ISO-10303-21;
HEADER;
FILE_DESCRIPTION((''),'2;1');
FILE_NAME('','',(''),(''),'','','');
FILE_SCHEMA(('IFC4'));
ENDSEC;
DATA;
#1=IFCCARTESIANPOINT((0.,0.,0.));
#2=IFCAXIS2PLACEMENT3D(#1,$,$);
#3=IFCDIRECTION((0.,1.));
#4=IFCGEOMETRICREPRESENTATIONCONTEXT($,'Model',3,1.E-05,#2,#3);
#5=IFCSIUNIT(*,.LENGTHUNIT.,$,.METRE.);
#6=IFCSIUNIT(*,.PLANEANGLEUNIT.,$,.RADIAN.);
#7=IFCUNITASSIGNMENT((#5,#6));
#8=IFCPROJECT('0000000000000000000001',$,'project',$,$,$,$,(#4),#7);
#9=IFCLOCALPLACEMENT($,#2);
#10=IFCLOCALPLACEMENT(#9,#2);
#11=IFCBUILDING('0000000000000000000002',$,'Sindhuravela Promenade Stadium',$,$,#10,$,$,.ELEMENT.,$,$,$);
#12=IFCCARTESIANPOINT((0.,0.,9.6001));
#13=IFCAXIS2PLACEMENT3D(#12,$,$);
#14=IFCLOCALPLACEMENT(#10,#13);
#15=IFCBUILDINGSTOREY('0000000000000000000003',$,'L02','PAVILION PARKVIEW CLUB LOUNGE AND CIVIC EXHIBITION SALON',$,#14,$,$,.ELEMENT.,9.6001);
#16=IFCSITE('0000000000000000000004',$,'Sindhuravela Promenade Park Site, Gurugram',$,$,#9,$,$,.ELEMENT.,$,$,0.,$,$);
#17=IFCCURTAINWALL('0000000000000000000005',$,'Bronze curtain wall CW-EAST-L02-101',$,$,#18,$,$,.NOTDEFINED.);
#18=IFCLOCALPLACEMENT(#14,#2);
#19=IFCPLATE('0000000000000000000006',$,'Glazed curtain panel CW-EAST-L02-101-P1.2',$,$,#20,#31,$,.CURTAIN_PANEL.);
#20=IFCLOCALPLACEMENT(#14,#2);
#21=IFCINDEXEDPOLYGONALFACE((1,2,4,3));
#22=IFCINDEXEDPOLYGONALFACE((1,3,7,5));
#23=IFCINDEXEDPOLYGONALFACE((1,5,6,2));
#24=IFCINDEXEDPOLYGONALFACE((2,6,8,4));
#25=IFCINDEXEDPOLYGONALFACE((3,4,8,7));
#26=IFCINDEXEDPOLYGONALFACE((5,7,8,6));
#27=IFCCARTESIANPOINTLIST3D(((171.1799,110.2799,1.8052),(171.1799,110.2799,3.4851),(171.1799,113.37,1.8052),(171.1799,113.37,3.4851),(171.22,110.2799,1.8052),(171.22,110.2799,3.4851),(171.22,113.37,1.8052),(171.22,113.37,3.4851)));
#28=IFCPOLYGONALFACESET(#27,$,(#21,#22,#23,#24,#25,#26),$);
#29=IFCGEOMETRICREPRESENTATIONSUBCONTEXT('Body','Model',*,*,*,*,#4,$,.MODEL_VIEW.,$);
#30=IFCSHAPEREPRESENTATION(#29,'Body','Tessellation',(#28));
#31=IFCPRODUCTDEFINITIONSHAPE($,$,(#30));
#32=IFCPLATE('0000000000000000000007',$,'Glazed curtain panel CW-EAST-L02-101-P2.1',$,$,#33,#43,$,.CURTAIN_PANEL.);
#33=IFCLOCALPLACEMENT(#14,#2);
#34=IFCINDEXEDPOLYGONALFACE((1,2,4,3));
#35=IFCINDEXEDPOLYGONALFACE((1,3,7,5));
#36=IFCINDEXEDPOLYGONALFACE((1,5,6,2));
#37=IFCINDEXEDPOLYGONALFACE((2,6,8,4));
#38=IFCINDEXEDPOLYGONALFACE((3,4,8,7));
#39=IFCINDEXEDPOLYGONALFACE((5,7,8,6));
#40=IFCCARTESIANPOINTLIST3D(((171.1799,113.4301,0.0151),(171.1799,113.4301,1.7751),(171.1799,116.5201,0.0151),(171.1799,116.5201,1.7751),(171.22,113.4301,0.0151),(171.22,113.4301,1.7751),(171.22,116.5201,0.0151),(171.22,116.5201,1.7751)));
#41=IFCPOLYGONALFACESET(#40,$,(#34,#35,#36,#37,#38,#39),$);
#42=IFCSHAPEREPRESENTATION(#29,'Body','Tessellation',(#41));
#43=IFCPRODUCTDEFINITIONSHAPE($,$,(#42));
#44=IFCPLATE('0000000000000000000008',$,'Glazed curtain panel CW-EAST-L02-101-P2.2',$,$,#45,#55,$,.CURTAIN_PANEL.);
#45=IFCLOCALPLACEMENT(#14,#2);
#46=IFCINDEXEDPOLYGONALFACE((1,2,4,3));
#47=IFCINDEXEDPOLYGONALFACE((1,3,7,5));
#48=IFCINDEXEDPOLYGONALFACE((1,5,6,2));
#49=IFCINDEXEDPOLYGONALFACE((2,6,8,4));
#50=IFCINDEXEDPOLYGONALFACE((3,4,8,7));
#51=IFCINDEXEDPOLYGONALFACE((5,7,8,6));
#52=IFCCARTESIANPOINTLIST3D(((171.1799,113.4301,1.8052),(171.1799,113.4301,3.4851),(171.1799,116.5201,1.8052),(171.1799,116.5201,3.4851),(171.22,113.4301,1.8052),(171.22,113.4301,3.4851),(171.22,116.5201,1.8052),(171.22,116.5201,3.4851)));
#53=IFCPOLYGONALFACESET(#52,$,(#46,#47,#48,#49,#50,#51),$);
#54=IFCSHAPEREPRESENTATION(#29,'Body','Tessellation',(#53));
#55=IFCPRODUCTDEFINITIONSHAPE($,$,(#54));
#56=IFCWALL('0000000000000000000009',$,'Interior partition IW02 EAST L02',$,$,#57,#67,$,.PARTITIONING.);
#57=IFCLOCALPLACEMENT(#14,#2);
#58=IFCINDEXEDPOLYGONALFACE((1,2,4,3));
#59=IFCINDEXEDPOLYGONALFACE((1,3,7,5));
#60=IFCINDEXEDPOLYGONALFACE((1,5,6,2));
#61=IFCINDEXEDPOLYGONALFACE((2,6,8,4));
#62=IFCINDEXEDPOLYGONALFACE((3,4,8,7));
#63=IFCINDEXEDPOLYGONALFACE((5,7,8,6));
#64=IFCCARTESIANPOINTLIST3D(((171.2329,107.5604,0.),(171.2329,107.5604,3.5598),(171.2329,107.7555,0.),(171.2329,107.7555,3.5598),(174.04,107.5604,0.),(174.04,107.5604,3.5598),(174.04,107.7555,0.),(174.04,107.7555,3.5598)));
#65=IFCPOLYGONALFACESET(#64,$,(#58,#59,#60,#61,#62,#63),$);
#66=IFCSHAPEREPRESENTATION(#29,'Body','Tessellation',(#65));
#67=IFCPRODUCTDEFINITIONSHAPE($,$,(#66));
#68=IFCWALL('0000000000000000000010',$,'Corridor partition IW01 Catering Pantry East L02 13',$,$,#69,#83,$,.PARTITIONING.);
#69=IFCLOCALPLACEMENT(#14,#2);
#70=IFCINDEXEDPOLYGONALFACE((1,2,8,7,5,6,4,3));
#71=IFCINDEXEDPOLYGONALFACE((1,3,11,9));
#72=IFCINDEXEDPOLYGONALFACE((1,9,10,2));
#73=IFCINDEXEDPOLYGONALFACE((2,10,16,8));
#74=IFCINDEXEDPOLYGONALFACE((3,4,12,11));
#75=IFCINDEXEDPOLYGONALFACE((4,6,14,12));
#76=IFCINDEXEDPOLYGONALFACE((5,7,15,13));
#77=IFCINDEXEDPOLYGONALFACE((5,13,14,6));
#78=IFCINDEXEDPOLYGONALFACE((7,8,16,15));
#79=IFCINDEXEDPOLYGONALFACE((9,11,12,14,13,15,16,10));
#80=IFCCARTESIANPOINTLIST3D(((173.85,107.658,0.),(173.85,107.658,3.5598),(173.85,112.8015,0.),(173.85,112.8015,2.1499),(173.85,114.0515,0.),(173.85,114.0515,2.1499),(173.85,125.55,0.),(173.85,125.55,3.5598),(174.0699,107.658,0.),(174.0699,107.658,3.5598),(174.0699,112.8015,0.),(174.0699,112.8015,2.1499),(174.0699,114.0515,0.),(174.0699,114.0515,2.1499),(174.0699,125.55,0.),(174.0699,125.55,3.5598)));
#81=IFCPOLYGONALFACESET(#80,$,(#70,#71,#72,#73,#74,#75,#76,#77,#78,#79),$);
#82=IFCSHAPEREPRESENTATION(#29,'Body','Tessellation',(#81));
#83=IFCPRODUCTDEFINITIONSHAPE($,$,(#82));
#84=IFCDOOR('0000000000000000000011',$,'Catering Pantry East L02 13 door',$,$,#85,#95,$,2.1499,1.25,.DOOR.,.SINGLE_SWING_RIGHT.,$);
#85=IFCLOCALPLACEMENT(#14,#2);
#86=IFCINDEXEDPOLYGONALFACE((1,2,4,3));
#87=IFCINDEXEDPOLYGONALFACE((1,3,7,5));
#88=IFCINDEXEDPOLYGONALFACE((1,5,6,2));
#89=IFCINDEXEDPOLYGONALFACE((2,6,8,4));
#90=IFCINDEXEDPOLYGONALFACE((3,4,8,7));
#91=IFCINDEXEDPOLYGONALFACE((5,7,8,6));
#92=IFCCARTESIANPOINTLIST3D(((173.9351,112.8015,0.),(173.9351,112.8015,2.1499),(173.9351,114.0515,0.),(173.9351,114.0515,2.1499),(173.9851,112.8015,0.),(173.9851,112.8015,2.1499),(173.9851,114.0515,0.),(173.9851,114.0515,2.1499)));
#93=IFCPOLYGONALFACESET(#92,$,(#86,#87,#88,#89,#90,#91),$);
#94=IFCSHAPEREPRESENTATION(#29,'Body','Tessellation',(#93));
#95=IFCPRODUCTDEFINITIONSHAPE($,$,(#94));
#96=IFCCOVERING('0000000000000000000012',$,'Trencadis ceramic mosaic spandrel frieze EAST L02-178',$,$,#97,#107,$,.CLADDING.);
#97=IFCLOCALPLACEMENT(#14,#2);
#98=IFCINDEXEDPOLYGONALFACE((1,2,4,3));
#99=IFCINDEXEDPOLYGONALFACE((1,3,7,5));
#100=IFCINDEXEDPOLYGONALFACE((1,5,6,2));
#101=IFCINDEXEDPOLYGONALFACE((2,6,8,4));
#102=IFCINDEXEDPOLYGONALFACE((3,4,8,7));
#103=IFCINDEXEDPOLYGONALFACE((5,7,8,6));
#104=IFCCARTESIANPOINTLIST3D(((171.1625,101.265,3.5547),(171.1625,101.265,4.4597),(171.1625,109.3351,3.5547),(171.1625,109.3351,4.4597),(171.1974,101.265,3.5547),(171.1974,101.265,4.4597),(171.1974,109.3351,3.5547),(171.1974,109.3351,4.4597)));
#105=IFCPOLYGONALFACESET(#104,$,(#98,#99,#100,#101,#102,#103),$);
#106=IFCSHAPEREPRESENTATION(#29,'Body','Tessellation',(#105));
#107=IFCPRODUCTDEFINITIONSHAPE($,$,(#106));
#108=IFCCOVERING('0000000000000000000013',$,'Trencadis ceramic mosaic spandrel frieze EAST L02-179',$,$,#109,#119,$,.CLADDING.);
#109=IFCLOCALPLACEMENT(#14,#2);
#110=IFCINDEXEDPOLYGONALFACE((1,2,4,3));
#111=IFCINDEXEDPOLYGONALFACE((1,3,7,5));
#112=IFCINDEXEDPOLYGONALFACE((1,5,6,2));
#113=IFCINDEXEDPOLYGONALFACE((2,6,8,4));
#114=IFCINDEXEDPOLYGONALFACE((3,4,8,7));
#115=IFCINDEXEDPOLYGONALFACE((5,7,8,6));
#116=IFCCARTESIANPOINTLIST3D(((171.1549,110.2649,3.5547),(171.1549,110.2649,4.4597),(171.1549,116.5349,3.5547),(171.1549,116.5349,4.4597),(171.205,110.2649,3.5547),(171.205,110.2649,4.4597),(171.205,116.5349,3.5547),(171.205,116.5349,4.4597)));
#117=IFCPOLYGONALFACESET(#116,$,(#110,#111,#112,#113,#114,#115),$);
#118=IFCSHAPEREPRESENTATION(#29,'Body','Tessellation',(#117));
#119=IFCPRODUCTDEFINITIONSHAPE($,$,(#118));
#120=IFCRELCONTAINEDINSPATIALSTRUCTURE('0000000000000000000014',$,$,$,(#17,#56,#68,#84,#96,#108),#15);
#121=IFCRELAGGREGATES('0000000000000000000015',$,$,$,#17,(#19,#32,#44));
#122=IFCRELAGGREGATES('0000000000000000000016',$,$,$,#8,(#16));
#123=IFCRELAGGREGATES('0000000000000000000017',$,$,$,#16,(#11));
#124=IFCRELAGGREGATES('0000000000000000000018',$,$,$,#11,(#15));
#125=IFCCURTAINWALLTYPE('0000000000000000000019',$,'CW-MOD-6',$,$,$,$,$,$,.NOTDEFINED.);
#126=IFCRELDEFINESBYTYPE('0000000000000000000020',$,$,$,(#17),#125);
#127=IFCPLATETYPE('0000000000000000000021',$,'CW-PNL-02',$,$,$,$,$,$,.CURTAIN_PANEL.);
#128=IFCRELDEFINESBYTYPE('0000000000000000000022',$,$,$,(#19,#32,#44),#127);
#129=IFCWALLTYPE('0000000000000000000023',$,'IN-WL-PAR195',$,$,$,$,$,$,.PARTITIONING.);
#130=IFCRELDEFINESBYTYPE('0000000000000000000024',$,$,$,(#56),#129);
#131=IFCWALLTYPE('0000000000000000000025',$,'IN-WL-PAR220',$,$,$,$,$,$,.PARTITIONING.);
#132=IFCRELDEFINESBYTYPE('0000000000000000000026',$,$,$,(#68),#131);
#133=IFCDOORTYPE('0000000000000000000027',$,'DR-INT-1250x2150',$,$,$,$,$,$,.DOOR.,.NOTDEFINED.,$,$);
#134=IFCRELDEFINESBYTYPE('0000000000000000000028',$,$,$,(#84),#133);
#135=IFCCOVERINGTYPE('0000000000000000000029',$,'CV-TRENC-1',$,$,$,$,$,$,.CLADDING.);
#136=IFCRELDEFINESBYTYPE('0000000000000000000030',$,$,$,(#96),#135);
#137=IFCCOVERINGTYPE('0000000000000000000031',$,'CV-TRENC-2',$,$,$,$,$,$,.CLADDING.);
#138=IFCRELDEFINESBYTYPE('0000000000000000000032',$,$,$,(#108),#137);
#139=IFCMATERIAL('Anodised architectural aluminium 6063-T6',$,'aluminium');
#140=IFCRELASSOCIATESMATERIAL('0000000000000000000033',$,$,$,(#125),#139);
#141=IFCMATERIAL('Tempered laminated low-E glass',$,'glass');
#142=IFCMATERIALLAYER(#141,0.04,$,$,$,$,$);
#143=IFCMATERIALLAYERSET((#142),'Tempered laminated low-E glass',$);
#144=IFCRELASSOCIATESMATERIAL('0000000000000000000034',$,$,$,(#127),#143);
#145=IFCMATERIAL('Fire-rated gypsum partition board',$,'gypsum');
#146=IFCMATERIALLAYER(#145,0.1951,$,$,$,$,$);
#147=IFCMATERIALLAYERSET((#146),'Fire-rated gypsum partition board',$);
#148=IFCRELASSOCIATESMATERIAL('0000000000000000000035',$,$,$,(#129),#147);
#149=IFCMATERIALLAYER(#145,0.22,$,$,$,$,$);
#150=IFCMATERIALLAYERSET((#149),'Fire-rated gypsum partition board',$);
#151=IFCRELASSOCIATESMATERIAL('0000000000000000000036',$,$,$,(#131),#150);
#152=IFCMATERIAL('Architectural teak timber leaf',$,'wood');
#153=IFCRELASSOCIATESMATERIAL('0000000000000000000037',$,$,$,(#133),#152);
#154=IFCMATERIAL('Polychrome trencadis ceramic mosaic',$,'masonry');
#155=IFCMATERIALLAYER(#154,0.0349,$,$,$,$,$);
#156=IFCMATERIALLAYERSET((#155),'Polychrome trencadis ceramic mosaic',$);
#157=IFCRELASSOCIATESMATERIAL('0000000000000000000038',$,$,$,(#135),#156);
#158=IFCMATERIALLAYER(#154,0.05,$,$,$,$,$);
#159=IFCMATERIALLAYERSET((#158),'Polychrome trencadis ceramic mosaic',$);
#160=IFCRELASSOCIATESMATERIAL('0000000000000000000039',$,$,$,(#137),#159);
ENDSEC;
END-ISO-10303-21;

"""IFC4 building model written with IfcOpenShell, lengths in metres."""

from ifc_helpers import new_model, si_unit, direction, frame, frame_2d, origin, origin_2d, place, context, subcontext, project, spatial, rectangle, extrude, material, layer, layer_set, type_object, element, fill, aggregate, save


model = new_model("IFC4")

# Units and contexts
model_context = context("Model", 3, precision=1e-05, world=origin(), true_north=direction((0.0, 1.0)))
body_context = subcontext(model_context, "Body", "Model", "MODEL_VIEW")
ifc_project = project(units=[si_unit("LENGTHUNIT", "METRE"), si_unit("PLANEANGLEUNIT", "RADIAN")], contexts=[model_context])

# Site, building, storey
site_placement = place(None, origin())
site = spatial("IfcSite", under=ifc_project, at=site_placement, Name="Sindhuravela Promenade Park Site, Gurugram", CompositionType="ELEMENT", RefElevation=0.0)
building_placement = place(site_placement, origin())
building = spatial("IfcBuilding", under=site, at=building_placement, Name="Sindhuravela Promenade Stadium", CompositionType="ELEMENT")
storey_placement = place(building_placement, frame((0.0, 0.0, 9.6001)))
storey = spatial("IfcBuildingStorey", under=building, at=storey_placement, Name="L02", Description="PAVILION PARKVIEW CLUB LOUNGE AND CIVIC EXHIBITION SALON", CompositionType="ELEMENT", Elevation=9.6001)

# Curtain wall
ifc_material_1 = material(Name="Anodised architectural aluminium 6063-T6", Category="aluminium")
curtain_wall_type_1 = type_object("IfcCurtainWallType", Name="CW-MOD-6", PredefinedType="NOTDEFINED", material=ifc_material_1)
curtain_wall_1_placement = place(storey_placement, origin())
curtain_wall_1 = element("IfcCurtainWall", 1, at=curtain_wall_1_placement, inside=storey, type_object=curtain_wall_type_1, Name="Bronze curtain wall CW-EAST-L02-101", PredefinedType="NOTDEFINED")

# Plates
ifc_material_2 = material(Name="Tempered laminated low-E glass", Category="glass")
ifc_layer_1 = layer(ifc_material_2, 0.04)
ifc_layer_set_1 = layer_set([ifc_layer_1], Name="Tempered laminated low-E glass")
plate_type_1 = type_object("IfcPlateType", Name="CW-PNL-02", PredefinedType="CURTAIN_PANEL", material=ifc_layer_set_1)
plate_1_placement = place(storey_placement, frame((171.2, 111.825, 1.8052), z_axis=(0.0, 0.0, 1.0), x_axis=(0.0, 1.0, 0.0)))
plate_1 = element("IfcPlate", 2, at=plate_1_placement, type_object=plate_type_1, Name="Glazed curtain panel CW-EAST-L02-101-P1.2", PredefinedType="CURTAIN_PANEL", context=body_context, shape_type="SweptSolid", body=[
    extrude(rectangle(XDim=3.0901, YDim=0.04, at=origin_2d()), origin(), (0.0, 0.0, 1.0), 1.6799),
])
plate_2_placement = place(storey_placement, frame((171.2, 114.9751, 0.0151), z_axis=(0.0, 0.0, 1.0), x_axis=(0.0, 1.0, 0.0)))
plate_2 = element("IfcPlate", 3, at=plate_2_placement, type_object=plate_type_1, Name="Glazed curtain panel CW-EAST-L02-101-P2.1", PredefinedType="CURTAIN_PANEL", context=body_context, shape_type="SweptSolid", body=[
    extrude(rectangle(XDim=3.0901, YDim=0.04, at=origin_2d()), origin(), (0.0, 0.0, 1.0), 1.76),
])
plate_3_placement = place(storey_placement, frame((171.2, 114.9751, 1.8052), z_axis=(0.0, 0.0, 1.0), x_axis=(0.0, 1.0, 0.0)))
plate_3 = element("IfcPlate", 4, at=plate_3_placement, type_object=plate_type_1, Name="Glazed curtain panel CW-EAST-L02-101-P2.2", PredefinedType="CURTAIN_PANEL", context=body_context, shape_type="SweptSolid", body=[
    extrude(rectangle(XDim=3.0901, YDim=0.04, at=origin_2d()), origin(), (0.0, 0.0, 1.0), 1.6799),
])
aggregate(curtain_wall_1, [plate_1, plate_2, plate_3])

# Wall
ifc_material_3 = material(Name="Fire-rated gypsum partition board", Category="gypsum")
ifc_layer_2 = layer(ifc_material_3, 0.1951)
ifc_layer_set_2 = layer_set([ifc_layer_2], Name="Fire-rated gypsum partition board")
wall_type_1 = type_object("IfcWallType", Name="IN-WL-PAR195", PredefinedType="PARTITIONING", material=ifc_layer_set_2)
wall_1_placement = place(storey_placement, frame((174.04, 107.658, 0.0), z_axis=(0.0, 0.0, 1.0), x_axis=(-1.0, 0.0, 0.0)))
element("IfcWall", 5, at=wall_1_placement, inside=storey, type_object=wall_type_1, Name="Interior partition IW02 EAST L02", PredefinedType="PARTITIONING", context=body_context, shape_type="SweptSolid", body=[
    extrude(rectangle(XDim=2.8071, YDim=0.1951, at=frame_2d((1.4036, 0.0))), origin(), (0.0, 0.0, 1.0), 3.5598),
])

# Wall, opening, door
ifc_layer_3 = layer(ifc_material_3, 0.22)
ifc_layer_set_3 = layer_set([ifc_layer_3], Name="Fire-rated gypsum partition board")
wall_type_2 = type_object("IfcWallType", Name="IN-WL-PAR220", PredefinedType="PARTITIONING", material=ifc_layer_set_3)
wall_2_placement = place(storey_placement, frame((173.96, 107.658, 0.0), z_axis=(0.0, 0.0, 1.0), x_axis=(0.0, 1.0, 0.0)))
wall_2 = element("IfcWall", 6, at=wall_2_placement, inside=storey, type_object=wall_type_2, Name="Corridor partition IW01 Catering Pantry East L02 13", PredefinedType="PARTITIONING", context=body_context, shape_type="SweptSolid", body=[
    extrude(rectangle(XDim=17.8921, YDim=0.22, at=frame_2d((8.946, 0.0))), origin(), (0.0, 0.0, 1.0), 3.5598),
])
opening_placement = place(wall_2_placement, frame((5.1436, 0.0, 0.0)))
opening = element("IfcOpeningElement", 7, at=opening_placement, cuts=wall_2, PredefinedType="OPENING", context=body_context, shape_type="SweptSolid", body=[
    extrude(rectangle(XDim=1.25, YDim=2.1499, at=frame_2d((0.625, 1.075))), frame((0.0, 0.1199, 0.0), z_axis=(0.0, -1.0, 0.0), x_axis=(1.0, 0.0, 0.0)), (0.0, 0.0, 1.0), 0.24),
])
ifc_material_4 = material(Name="Architectural teak timber leaf", Category="wood")
door_type = type_object("IfcDoorType", Name="DR-INT-1250x2150", OperationType="NOTDEFINED", PredefinedType="DOOR", material=ifc_material_4)
door_placement = place(opening_placement, origin())
door = element("IfcDoor", 8, at=door_placement, inside=storey, type_object=door_type, Name="Catering Pantry East L02 13 door", OperationType="SINGLE_SWING_RIGHT", OverallHeight=2.1499, OverallWidth=1.25, PredefinedType="DOOR", context=body_context, shape_type="SweptSolid", body=[
    extrude(rectangle(XDim=1.25, YDim=2.1499, at=frame_2d((0.625, 1.075))), frame((0.0, 0.0249, 0.0), z_axis=(0.0, -1.0, 0.0), x_axis=(1.0, 0.0, 0.0)), (0.0, 0.0, 1.0), 0.05),
])
fill(opening, door)

# Coverings
ifc_material_5 = material(Name="Polychrome trencadis ceramic mosaic", Category="masonry")
ifc_layer_4 = layer(ifc_material_5, 0.0349)
ifc_layer_set_4 = layer_set([ifc_layer_4], Name="Polychrome trencadis ceramic mosaic")
covering_type_1 = type_object("IfcCoveringType", Name="CV-TRENC-1", PredefinedType="CLADDING", material=ifc_layer_set_4)
covering_1_placement = place(storey_placement, frame((171.1799, 105.3, 3.5547), z_axis=(0.0, 0.0, 1.0), x_axis=(0.0, 1.0, 0.0)))
element("IfcCovering", 9, at=covering_1_placement, inside=storey, type_object=covering_type_1, Name="Trencadis ceramic mosaic spandrel frieze EAST L02-178", PredefinedType="CLADDING", context=body_context, shape_type="SweptSolid", body=[
    extrude(rectangle(XDim=8.0701, YDim=0.0349, at=origin_2d()), origin(), (0.0, 0.0, 1.0), 0.905),
])
ifc_layer_5 = layer(ifc_material_5, 0.05)
ifc_layer_set_5 = layer_set([ifc_layer_5], Name="Polychrome trencadis ceramic mosaic")
covering_type_2 = type_object("IfcCoveringType", Name="CV-TRENC-2", PredefinedType="CLADDING", material=ifc_layer_set_5)
covering_2_placement = place(storey_placement, frame((171.1799, 113.3999, 3.5547), z_axis=(0.0, 0.0, 1.0), x_axis=(0.0, 1.0, 0.0)))
element("IfcCovering", 10, at=covering_2_placement, inside=storey, type_object=covering_type_2, Name="Trencadis ceramic mosaic spandrel frieze EAST L02-179", PredefinedType="CLADDING", context=body_context, shape_type="SweptSolid", body=[
    extrude(rectangle(XDim=6.27, YDim=0.05, at=origin_2d()), origin(), (0.0, 0.0, 1.0), 0.905),
])

save(model, "model.ifc")
